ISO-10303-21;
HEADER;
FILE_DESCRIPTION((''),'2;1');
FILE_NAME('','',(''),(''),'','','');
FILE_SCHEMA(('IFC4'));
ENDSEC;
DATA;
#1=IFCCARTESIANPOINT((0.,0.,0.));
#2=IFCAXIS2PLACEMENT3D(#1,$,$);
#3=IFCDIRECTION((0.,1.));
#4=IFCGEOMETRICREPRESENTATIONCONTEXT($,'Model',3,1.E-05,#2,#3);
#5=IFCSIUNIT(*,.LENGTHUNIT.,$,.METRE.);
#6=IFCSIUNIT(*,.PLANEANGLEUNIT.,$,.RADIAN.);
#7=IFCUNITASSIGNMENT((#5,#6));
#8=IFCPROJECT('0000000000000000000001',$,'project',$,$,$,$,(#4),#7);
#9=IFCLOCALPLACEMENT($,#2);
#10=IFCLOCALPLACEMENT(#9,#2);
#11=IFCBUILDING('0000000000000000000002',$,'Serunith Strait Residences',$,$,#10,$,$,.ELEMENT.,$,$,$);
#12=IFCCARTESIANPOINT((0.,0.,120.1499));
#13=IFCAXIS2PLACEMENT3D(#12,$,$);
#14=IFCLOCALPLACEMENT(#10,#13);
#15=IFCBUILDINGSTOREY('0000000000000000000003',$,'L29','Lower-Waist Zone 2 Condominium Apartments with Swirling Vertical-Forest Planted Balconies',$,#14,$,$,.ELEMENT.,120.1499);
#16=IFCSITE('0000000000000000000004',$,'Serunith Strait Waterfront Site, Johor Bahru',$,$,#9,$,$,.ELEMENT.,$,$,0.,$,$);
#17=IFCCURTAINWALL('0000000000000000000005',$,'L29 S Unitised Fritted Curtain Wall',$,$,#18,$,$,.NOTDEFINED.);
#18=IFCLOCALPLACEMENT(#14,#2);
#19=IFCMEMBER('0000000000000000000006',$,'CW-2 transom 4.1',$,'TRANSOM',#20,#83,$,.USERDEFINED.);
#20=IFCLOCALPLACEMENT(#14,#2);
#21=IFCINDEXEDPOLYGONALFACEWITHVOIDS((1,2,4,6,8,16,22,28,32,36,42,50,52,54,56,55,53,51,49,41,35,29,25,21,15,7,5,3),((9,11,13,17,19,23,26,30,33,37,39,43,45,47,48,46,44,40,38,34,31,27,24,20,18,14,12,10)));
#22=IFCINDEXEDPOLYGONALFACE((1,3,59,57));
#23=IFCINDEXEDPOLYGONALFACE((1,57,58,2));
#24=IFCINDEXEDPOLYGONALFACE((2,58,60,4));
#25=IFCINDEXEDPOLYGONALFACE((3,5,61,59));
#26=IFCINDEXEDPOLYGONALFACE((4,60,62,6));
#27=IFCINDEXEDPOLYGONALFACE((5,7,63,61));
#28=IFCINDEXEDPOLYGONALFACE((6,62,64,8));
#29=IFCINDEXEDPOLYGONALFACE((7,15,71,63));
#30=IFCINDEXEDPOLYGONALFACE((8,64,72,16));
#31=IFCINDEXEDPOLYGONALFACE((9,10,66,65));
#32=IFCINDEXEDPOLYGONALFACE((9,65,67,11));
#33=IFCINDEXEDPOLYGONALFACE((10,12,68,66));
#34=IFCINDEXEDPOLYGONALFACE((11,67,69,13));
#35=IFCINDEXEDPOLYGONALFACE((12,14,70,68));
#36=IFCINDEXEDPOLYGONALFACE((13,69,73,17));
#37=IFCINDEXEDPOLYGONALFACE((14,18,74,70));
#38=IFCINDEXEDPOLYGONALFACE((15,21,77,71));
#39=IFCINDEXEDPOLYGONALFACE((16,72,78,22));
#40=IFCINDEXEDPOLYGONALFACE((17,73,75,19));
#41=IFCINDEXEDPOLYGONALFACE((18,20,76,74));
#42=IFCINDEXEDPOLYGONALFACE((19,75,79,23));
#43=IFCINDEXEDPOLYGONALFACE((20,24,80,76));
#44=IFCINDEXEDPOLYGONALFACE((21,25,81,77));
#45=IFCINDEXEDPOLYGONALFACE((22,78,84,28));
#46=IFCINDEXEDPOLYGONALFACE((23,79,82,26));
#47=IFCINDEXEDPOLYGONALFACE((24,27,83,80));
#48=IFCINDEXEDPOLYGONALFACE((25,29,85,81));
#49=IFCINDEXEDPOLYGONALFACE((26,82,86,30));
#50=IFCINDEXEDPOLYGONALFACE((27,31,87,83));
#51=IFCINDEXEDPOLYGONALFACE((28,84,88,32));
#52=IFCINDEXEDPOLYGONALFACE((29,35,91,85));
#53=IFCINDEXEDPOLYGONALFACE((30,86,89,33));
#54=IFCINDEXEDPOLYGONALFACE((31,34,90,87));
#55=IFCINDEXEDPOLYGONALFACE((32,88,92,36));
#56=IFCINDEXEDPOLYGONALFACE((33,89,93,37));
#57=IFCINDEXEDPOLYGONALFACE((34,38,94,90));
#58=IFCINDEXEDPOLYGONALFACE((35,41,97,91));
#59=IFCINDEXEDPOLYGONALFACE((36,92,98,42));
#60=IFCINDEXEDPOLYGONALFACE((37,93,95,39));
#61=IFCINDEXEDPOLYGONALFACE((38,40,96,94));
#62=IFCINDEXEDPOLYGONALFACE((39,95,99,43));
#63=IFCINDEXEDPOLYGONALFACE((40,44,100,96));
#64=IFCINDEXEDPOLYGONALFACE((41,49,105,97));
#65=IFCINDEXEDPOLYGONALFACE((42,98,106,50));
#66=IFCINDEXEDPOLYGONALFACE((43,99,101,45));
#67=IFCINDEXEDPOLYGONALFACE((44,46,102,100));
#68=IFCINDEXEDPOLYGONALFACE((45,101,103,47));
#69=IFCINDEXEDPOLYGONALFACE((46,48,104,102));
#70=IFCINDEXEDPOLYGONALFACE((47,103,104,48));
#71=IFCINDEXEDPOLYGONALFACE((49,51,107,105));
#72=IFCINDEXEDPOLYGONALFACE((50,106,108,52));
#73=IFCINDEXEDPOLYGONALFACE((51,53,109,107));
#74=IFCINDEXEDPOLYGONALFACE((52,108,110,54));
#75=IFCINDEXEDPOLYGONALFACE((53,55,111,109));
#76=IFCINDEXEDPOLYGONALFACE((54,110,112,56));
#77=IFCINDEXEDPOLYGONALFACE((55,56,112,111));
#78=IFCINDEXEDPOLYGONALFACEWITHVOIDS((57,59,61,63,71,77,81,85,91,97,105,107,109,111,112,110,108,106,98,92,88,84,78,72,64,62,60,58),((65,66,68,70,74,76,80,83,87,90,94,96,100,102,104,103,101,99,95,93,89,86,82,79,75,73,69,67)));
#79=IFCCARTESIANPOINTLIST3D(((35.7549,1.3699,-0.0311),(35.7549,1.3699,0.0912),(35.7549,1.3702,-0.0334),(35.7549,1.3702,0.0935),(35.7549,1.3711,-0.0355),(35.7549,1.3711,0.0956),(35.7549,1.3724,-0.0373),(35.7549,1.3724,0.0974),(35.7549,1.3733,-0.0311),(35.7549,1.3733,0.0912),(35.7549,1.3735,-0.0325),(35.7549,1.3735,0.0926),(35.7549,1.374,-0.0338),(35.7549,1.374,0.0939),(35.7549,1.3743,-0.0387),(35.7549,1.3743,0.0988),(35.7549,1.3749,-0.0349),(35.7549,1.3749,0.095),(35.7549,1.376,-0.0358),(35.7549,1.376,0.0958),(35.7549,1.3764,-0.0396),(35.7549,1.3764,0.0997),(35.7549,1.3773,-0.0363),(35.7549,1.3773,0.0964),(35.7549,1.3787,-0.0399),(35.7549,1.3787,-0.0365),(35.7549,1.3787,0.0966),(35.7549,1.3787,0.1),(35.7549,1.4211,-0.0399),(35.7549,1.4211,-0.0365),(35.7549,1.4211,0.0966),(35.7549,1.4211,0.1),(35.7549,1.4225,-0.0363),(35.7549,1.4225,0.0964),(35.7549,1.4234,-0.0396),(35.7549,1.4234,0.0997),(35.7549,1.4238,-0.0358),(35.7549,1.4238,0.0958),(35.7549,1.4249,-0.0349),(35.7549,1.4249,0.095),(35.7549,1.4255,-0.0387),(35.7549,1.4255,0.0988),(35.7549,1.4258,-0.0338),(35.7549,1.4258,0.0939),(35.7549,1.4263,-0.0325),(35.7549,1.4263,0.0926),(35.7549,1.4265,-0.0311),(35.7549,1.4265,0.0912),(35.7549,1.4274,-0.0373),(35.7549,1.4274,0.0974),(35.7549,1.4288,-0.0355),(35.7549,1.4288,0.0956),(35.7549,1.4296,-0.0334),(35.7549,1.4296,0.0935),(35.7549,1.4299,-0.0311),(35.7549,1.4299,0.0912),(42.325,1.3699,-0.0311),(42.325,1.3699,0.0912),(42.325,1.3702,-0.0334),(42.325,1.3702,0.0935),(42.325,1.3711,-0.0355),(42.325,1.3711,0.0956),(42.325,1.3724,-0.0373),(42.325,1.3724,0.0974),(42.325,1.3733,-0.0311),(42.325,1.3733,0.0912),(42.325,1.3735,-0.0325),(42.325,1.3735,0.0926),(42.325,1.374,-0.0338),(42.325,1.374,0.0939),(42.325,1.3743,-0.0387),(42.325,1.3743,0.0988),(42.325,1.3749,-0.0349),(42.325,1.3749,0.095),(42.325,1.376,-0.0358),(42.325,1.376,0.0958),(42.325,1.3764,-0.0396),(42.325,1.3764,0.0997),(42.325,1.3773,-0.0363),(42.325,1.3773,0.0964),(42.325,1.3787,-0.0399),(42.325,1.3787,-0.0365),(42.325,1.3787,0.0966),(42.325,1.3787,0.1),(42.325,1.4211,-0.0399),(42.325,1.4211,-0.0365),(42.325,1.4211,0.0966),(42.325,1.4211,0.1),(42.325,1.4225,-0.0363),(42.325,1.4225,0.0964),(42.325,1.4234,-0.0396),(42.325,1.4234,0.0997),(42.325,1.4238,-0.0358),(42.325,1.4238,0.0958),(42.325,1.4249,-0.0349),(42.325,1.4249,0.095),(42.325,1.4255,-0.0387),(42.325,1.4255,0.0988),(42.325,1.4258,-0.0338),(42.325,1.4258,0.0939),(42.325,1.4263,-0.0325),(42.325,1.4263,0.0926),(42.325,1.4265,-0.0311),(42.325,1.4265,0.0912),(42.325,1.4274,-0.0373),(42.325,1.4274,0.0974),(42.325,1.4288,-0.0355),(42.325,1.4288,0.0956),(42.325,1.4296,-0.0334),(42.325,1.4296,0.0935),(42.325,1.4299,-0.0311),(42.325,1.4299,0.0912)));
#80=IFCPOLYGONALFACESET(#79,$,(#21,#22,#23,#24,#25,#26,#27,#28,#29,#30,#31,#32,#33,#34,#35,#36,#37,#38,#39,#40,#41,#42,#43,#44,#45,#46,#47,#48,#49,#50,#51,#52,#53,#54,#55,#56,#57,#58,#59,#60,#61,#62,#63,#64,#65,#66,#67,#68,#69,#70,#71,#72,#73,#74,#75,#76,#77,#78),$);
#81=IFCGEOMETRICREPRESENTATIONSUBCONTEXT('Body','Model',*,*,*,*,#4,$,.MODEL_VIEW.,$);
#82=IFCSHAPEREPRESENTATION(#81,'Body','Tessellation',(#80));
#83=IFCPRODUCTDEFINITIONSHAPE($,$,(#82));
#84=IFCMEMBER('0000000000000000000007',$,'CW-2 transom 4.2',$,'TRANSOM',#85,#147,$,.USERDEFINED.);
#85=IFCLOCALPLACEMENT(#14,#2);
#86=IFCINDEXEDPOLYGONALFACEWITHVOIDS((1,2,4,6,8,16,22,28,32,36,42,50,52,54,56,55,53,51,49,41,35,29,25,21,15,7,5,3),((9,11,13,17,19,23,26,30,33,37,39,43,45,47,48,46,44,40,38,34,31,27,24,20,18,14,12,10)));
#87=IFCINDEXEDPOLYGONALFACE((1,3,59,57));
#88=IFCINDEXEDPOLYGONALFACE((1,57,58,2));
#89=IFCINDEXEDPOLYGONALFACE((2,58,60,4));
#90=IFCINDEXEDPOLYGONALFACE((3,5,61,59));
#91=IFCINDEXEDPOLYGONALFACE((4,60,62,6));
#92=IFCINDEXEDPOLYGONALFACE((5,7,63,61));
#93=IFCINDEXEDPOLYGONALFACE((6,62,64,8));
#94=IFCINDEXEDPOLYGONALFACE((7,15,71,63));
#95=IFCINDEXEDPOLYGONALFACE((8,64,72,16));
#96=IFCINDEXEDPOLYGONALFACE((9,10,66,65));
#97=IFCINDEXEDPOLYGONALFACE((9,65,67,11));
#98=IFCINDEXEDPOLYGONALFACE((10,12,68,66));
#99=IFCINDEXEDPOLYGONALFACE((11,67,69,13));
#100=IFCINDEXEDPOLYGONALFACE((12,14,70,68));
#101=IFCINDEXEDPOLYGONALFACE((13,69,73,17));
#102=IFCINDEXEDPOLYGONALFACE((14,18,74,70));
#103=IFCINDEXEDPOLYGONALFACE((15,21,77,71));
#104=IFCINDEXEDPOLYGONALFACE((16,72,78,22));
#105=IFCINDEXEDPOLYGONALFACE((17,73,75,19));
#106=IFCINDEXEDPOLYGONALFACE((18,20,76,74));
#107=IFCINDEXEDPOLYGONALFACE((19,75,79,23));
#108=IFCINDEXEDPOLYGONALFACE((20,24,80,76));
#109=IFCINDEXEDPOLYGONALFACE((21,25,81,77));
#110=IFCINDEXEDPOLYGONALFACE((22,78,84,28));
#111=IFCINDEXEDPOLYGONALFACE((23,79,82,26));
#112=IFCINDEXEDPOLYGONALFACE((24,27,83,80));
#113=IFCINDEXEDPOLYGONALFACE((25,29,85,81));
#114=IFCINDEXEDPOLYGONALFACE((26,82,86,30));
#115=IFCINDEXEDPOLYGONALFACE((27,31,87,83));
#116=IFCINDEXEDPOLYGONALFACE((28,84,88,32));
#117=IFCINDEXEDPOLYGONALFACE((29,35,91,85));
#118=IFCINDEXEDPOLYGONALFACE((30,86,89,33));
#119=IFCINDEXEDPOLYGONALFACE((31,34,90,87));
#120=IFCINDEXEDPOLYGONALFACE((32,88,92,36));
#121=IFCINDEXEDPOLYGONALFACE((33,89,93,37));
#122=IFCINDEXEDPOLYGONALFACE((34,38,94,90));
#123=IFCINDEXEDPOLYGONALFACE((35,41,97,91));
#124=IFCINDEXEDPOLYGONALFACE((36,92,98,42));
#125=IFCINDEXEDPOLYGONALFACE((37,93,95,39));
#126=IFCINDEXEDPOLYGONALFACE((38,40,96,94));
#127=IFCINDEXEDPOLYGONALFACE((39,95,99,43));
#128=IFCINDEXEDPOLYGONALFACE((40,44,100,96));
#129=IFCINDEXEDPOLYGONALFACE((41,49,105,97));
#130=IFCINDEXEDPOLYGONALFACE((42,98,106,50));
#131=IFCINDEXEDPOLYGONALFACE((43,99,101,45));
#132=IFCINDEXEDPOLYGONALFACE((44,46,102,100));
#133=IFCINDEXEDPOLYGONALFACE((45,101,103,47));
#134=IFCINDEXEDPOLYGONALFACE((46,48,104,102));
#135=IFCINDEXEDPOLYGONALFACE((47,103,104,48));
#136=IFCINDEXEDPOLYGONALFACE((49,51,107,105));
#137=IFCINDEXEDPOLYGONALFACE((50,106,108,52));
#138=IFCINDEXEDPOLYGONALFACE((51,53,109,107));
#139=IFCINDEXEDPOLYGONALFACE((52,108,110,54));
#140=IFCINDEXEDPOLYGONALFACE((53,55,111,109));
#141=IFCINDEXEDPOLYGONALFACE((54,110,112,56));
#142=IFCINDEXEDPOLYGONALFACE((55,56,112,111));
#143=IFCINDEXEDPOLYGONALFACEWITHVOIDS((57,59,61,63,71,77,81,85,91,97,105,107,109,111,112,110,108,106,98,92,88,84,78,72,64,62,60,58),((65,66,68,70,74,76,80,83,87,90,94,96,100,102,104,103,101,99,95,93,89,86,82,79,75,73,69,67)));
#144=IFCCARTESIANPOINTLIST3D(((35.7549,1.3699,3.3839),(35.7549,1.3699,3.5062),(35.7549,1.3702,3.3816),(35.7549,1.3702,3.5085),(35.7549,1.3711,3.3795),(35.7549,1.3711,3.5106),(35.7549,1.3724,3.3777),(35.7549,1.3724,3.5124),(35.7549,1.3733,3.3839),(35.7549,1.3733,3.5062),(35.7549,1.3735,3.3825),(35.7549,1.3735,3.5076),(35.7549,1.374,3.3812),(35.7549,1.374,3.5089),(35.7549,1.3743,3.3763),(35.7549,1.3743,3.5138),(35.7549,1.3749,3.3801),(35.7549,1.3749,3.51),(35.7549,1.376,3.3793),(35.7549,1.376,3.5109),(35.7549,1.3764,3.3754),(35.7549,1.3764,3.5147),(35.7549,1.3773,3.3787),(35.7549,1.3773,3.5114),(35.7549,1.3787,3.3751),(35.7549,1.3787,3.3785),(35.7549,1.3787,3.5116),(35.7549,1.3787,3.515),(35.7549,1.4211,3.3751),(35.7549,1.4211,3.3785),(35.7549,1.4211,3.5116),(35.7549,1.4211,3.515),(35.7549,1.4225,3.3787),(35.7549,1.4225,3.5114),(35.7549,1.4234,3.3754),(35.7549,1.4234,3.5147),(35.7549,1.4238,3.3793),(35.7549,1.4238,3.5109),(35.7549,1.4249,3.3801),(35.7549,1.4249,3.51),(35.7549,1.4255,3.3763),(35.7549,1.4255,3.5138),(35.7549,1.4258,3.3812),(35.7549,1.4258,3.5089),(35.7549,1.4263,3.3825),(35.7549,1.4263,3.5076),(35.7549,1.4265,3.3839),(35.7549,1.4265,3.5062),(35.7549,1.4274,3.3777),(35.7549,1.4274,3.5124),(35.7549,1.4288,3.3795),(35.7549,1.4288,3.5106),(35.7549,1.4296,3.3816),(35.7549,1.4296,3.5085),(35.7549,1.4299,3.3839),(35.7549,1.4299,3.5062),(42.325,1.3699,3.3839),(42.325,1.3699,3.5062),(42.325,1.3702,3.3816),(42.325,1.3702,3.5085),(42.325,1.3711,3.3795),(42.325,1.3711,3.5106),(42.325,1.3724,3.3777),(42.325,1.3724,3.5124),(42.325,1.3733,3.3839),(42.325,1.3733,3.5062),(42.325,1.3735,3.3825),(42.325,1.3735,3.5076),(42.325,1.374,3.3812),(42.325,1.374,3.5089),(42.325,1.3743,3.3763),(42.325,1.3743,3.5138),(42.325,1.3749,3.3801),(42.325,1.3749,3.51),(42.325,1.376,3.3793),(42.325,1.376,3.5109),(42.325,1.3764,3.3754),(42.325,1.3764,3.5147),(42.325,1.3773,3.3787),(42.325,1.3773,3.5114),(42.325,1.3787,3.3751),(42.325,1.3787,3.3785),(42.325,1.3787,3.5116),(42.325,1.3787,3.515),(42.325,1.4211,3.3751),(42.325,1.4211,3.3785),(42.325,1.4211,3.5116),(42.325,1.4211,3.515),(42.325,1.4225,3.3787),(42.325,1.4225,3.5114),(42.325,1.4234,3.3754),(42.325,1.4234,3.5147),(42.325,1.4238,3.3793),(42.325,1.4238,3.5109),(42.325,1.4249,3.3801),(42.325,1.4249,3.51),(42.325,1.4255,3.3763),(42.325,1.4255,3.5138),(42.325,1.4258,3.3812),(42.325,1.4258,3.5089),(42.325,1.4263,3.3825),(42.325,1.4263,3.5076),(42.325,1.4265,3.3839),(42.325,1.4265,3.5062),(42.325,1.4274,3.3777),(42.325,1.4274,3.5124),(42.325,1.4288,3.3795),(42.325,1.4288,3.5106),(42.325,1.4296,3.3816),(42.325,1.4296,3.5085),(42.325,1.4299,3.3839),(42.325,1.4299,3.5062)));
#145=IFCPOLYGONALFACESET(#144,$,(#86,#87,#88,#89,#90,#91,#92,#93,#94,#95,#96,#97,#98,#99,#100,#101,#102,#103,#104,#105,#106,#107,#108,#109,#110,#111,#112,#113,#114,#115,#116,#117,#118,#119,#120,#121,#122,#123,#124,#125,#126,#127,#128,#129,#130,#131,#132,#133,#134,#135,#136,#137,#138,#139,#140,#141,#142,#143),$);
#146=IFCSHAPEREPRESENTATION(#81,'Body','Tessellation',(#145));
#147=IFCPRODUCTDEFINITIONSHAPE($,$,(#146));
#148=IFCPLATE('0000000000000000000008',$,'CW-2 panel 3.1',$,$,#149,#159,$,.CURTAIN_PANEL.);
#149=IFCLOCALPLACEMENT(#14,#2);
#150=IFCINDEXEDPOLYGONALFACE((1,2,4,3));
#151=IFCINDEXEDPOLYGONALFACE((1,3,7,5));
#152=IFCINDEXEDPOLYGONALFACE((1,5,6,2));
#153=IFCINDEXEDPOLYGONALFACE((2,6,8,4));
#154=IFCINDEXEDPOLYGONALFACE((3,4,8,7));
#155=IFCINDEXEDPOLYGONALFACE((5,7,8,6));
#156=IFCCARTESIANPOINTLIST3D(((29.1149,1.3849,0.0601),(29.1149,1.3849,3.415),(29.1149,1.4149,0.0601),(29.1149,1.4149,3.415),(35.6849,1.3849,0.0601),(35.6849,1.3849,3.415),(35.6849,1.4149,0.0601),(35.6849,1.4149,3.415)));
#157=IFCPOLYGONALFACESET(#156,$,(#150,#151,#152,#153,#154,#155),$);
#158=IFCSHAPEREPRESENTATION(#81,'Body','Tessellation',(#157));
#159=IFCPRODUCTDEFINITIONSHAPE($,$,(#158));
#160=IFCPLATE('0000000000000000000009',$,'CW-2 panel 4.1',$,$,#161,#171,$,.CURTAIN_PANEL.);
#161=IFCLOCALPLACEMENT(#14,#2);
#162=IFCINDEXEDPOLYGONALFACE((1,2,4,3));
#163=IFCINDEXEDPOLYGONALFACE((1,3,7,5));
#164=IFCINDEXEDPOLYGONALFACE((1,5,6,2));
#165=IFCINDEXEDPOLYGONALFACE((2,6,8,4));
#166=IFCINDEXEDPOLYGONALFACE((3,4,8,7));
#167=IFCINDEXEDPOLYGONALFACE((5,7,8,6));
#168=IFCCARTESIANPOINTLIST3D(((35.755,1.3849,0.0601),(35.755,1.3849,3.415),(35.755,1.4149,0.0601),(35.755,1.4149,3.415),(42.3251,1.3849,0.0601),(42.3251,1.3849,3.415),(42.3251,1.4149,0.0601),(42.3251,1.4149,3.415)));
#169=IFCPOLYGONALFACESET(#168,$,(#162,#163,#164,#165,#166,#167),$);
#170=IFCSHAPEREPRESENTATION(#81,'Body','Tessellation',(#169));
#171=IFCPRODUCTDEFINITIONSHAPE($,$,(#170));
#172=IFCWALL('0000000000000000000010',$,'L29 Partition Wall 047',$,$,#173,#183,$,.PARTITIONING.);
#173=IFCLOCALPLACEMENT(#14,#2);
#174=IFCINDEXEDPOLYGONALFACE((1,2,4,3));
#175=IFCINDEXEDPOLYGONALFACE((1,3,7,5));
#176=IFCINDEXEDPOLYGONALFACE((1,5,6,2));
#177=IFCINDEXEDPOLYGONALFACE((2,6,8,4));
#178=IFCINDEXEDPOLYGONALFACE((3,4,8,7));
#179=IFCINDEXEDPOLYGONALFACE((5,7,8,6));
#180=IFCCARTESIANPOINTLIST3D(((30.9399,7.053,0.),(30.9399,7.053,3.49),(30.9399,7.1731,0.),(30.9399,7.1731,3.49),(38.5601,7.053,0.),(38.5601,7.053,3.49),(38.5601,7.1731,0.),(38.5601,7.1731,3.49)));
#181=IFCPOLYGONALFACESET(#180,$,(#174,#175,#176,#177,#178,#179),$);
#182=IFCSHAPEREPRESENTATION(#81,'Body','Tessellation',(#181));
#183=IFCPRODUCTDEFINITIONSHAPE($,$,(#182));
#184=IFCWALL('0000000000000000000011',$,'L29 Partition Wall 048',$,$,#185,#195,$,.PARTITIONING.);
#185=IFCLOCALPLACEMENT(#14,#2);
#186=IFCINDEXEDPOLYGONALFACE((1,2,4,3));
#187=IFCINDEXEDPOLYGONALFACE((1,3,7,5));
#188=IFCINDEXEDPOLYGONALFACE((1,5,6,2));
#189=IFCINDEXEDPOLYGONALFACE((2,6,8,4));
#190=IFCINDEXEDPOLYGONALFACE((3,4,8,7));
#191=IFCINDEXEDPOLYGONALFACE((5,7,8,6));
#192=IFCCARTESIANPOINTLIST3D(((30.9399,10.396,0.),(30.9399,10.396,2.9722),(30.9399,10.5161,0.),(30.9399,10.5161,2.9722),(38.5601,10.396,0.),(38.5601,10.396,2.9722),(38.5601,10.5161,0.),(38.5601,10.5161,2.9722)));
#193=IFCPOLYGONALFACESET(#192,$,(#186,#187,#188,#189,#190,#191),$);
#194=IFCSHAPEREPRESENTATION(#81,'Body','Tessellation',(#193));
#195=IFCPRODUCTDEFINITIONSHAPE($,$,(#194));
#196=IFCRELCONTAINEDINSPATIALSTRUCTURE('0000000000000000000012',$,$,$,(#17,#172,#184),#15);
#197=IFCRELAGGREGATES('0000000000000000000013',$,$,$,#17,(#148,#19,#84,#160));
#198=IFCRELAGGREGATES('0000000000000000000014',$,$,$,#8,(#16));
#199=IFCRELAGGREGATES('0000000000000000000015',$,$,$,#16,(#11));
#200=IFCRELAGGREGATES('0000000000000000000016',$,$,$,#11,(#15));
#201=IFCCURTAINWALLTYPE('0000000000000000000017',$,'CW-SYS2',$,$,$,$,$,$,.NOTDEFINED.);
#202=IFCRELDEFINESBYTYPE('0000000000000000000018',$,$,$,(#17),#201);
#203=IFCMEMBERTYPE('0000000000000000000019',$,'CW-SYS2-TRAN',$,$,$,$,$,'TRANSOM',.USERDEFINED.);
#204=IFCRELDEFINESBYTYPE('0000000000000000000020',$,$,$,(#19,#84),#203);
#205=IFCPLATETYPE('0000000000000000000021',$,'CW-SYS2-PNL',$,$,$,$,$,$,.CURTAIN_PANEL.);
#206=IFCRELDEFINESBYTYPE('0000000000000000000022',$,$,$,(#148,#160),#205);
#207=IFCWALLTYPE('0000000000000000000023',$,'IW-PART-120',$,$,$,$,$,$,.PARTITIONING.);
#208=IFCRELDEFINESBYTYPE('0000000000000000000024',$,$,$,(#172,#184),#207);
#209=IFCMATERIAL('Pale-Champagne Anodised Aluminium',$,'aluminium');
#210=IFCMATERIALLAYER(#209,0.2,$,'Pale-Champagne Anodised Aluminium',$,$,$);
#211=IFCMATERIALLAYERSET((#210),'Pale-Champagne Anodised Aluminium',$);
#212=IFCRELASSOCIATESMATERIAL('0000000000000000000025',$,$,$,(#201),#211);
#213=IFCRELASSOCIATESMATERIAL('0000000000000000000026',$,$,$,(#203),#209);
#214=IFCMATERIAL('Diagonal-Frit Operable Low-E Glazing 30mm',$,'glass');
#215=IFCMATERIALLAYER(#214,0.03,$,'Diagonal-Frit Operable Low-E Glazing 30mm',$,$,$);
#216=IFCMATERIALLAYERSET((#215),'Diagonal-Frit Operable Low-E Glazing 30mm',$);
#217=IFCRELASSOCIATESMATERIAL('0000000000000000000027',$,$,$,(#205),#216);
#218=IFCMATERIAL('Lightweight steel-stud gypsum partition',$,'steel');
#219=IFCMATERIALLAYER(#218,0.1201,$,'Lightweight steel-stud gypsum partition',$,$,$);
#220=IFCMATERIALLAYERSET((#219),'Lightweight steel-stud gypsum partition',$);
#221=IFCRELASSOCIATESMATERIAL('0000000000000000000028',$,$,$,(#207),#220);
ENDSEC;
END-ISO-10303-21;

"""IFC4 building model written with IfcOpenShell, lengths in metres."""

from ifc_helpers import new_model, si_unit, direction, frame, frame_2d, origin, origin_2d, place, context, subcontext, project, spatial, rectangle, hollow_rectangle, extrude, source, transform, mapped, material, layer, layer_set, material_profile, profile_set, type_object, element, aggregate, save


model = new_model("IFC4")

# Units and contexts
model_context = context("Model", 3, precision=1e-05, world=origin(), true_north=direction((0.0, 1.0)))
body_context = subcontext(model_context, "Body", "Model", "MODEL_VIEW")
ifc_project = project(units=[si_unit("LENGTHUNIT", "METRE"), si_unit("PLANEANGLEUNIT", "RADIAN")], contexts=[model_context])

# Site, building, storey
site_placement = place(None, origin())
site = spatial("IfcSite", under=ifc_project, at=site_placement, Name="Serunith Strait Waterfront Site, Johor Bahru", CompositionType="ELEMENT", RefElevation=0.0)
building_placement = place(site_placement, origin())
building = spatial("IfcBuilding", under=site, at=building_placement, Name="Serunith Strait Residences", CompositionType="ELEMENT")
storey_placement = place(building_placement, frame((0.0, 0.0, 120.1499)))
storey = spatial("IfcBuildingStorey", under=building, at=storey_placement, Name="L29", Description="Lower-Waist Zone 2 Condominium Apartments with Swirling Vertical-Forest Planted Balconies", CompositionType="ELEMENT", Elevation=120.1499)

# Curtain wall, members, plates
ifc_material_1 = material(Name="Pale-Champagne Anodised Aluminium", Category="aluminium")
ifc_layer_1 = layer(ifc_material_1, 0.2, Name="Pale-Champagne Anodised Aluminium")
ifc_layer_set_1 = layer_set([ifc_layer_1], Name="Pale-Champagne Anodised Aluminium")
curtain_wall_type = type_object("IfcCurtainWallType", Name="CW-SYS2", PredefinedType="NOTDEFINED", material=ifc_layer_set_1)
curtain_wall_placement = place(storey_placement, origin())
curtain_wall = element("IfcCurtainWall", 1, at=curtain_wall_placement, inside=storey, type_object=curtain_wall_type, Name="L29 S Unitised Fritted Curtain Wall", PredefinedType="NOTDEFINED")
ifc_material_profile_1 = material_profile(ifc_material_1, hollow_rectangle(XDim=0.0601, YDim=0.1399, WallThickness=0.0034, InnerFilletRadius=0.0054, OuterFilletRadius=0.0088, at=origin_2d()), Name="ALU 140x60x3.5")
ifc_profile_set_1 = profile_set([ifc_material_profile_1], Name="Pale-Champagne Anodised Aluminium")
member_type_1 = type_object("IfcMemberType", Name="CW-SYS2-TRAN", ElementType="TRANSOM", PredefinedType="USERDEFINED", material=ifc_profile_set_1)
shared_shape_1 = source(origin(), body_context, "Body", "SweptSolid", [
    extrude(hollow_rectangle(XDim=0.0601, YDim=0.1399, WallThickness=0.0034, InnerFilletRadius=0.0054, OuterFilletRadius=0.0088, at=origin_2d()), origin(), (0.0, 0.0, 1.0), 6.5701),
])
member_1_placement = place(storey_placement, frame((35.7549, 1.3999, 0.03), z_axis=(1.0, 0.0, 0.0), x_axis=(0.0, 1.0, 0.0)))
member_1 = element("IfcMember", 2, at=member_1_placement, type_object=member_type_1, Name="CW-2 transom 4.1", ObjectType="TRANSOM", PredefinedType="USERDEFINED", context=body_context, shape_type="MappedRepresentation", body=[
    mapped(shared_shape_1, transform((0.0, 0.0, 0.0), scale=1.0)),
])
member_2_placement = place(storey_placement, frame((35.7549, 1.3999, 3.4451), z_axis=(1.0, 0.0, 0.0), x_axis=(0.0, 1.0, 0.0)))
member_2 = element("IfcMember", 3, at=member_2_placement, type_object=member_type_1, Name="CW-2 transom 4.2", ObjectType="TRANSOM", PredefinedType="USERDEFINED", context=body_context, shape_type="MappedRepresentation", body=[
    mapped(shared_shape_1, transform((0.0, 0.0, 0.0), scale=1.0)),
])
ifc_material_2 = material(Name="Diagonal-Frit Operable Low-E Glazing 30mm", Category="glass")
ifc_layer_2 = layer(ifc_material_2, 0.03, Name="Diagonal-Frit Operable Low-E Glazing 30mm")
ifc_layer_set_2 = layer_set([ifc_layer_2], Name="Diagonal-Frit Operable Low-E Glazing 30mm")
plate_type = type_object("IfcPlateType", Name="CW-SYS2-PNL", PredefinedType="CURTAIN_PANEL", material=ifc_layer_set_2)
shared_shape_2 = source(origin(), body_context, "Body", "SweptSolid", [
    extrude(rectangle(XDim=6.5701, YDim=0.03, at=origin_2d()), origin(), (0.0, 0.0, 1.0), 3.355),
])
plate_1_placement = place(storey_placement, frame((32.3999, 1.3999, 0.0601), z_axis=(0.0, 0.0, 1.0), x_axis=(1.0, 0.0, 0.0)))
plate_1 = element("IfcPlate", 4, at=plate_1_placement, type_object=plate_type, Name="CW-2 panel 3.1", PredefinedType="CURTAIN_PANEL", context=body_context, shape_type="MappedRepresentation", body=[
    mapped(shared_shape_2, transform((0.0, 0.0, 0.0), scale=1.0)),
])
plate_2_placement = place(storey_placement, frame((39.04, 1.3999, 0.0601), z_axis=(0.0, 0.0, 1.0), x_axis=(1.0, 0.0, 0.0)))
plate_2 = element("IfcPlate", 5, at=plate_2_placement, type_object=plate_type, Name="CW-2 panel 4.1", PredefinedType="CURTAIN_PANEL", context=body_context, shape_type="MappedRepresentation", body=[
    mapped(shared_shape_2, transform((0.0, 0.0, 0.0), scale=1.0)),
])
aggregate(curtain_wall, [plate_1, member_1, member_2, plate_2])

# Walls
ifc_material_3 = material(Name="Lightweight steel-stud gypsum partition", Category="steel")
ifc_layer_3 = layer(ifc_material_3, 0.1201, Name="Lightweight steel-stud gypsum partition")
ifc_layer_set_3 = layer_set([ifc_layer_3], Name="Lightweight steel-stud gypsum partition")
wall_type_1 = type_object("IfcWallType", Name="IW-PART-120", PredefinedType="PARTITIONING", material=ifc_layer_set_3)
wall_1_placement = place(storey_placement, frame((30.9399, 7.113, 0.0), z_axis=(0.0, 0.0, 1.0), x_axis=(1.0, 0.0, 0.0)))
element("IfcWall", 6, at=wall_1_placement, inside=storey, type_object=wall_type_1, Name="L29 Partition Wall 047", PredefinedType="PARTITIONING", context=body_context, shape_type="SweptSolid", body=[
    extrude(rectangle(XDim=7.6201, YDim=0.1201, at=frame_2d((3.8101, 0.0))), origin(), (0.0, 0.0, 1.0), 3.49),
])
wall_2_placement = place(storey_placement, frame((30.9399, 10.4561, 0.0), z_axis=(0.0, 0.0, 1.0), x_axis=(1.0, 0.0, 0.0)))
element("IfcWall", 7, at=wall_2_placement, inside=storey, type_object=wall_type_1, Name="L29 Partition Wall 048", PredefinedType="PARTITIONING", context=body_context, shape_type="SweptSolid", body=[
    extrude(rectangle(XDim=7.6201, YDim=0.1201, at=frame_2d((3.8101, 0.0))), origin(), (0.0, 0.0, 1.0), 2.9722),
])

save(model, "model.ifc")
